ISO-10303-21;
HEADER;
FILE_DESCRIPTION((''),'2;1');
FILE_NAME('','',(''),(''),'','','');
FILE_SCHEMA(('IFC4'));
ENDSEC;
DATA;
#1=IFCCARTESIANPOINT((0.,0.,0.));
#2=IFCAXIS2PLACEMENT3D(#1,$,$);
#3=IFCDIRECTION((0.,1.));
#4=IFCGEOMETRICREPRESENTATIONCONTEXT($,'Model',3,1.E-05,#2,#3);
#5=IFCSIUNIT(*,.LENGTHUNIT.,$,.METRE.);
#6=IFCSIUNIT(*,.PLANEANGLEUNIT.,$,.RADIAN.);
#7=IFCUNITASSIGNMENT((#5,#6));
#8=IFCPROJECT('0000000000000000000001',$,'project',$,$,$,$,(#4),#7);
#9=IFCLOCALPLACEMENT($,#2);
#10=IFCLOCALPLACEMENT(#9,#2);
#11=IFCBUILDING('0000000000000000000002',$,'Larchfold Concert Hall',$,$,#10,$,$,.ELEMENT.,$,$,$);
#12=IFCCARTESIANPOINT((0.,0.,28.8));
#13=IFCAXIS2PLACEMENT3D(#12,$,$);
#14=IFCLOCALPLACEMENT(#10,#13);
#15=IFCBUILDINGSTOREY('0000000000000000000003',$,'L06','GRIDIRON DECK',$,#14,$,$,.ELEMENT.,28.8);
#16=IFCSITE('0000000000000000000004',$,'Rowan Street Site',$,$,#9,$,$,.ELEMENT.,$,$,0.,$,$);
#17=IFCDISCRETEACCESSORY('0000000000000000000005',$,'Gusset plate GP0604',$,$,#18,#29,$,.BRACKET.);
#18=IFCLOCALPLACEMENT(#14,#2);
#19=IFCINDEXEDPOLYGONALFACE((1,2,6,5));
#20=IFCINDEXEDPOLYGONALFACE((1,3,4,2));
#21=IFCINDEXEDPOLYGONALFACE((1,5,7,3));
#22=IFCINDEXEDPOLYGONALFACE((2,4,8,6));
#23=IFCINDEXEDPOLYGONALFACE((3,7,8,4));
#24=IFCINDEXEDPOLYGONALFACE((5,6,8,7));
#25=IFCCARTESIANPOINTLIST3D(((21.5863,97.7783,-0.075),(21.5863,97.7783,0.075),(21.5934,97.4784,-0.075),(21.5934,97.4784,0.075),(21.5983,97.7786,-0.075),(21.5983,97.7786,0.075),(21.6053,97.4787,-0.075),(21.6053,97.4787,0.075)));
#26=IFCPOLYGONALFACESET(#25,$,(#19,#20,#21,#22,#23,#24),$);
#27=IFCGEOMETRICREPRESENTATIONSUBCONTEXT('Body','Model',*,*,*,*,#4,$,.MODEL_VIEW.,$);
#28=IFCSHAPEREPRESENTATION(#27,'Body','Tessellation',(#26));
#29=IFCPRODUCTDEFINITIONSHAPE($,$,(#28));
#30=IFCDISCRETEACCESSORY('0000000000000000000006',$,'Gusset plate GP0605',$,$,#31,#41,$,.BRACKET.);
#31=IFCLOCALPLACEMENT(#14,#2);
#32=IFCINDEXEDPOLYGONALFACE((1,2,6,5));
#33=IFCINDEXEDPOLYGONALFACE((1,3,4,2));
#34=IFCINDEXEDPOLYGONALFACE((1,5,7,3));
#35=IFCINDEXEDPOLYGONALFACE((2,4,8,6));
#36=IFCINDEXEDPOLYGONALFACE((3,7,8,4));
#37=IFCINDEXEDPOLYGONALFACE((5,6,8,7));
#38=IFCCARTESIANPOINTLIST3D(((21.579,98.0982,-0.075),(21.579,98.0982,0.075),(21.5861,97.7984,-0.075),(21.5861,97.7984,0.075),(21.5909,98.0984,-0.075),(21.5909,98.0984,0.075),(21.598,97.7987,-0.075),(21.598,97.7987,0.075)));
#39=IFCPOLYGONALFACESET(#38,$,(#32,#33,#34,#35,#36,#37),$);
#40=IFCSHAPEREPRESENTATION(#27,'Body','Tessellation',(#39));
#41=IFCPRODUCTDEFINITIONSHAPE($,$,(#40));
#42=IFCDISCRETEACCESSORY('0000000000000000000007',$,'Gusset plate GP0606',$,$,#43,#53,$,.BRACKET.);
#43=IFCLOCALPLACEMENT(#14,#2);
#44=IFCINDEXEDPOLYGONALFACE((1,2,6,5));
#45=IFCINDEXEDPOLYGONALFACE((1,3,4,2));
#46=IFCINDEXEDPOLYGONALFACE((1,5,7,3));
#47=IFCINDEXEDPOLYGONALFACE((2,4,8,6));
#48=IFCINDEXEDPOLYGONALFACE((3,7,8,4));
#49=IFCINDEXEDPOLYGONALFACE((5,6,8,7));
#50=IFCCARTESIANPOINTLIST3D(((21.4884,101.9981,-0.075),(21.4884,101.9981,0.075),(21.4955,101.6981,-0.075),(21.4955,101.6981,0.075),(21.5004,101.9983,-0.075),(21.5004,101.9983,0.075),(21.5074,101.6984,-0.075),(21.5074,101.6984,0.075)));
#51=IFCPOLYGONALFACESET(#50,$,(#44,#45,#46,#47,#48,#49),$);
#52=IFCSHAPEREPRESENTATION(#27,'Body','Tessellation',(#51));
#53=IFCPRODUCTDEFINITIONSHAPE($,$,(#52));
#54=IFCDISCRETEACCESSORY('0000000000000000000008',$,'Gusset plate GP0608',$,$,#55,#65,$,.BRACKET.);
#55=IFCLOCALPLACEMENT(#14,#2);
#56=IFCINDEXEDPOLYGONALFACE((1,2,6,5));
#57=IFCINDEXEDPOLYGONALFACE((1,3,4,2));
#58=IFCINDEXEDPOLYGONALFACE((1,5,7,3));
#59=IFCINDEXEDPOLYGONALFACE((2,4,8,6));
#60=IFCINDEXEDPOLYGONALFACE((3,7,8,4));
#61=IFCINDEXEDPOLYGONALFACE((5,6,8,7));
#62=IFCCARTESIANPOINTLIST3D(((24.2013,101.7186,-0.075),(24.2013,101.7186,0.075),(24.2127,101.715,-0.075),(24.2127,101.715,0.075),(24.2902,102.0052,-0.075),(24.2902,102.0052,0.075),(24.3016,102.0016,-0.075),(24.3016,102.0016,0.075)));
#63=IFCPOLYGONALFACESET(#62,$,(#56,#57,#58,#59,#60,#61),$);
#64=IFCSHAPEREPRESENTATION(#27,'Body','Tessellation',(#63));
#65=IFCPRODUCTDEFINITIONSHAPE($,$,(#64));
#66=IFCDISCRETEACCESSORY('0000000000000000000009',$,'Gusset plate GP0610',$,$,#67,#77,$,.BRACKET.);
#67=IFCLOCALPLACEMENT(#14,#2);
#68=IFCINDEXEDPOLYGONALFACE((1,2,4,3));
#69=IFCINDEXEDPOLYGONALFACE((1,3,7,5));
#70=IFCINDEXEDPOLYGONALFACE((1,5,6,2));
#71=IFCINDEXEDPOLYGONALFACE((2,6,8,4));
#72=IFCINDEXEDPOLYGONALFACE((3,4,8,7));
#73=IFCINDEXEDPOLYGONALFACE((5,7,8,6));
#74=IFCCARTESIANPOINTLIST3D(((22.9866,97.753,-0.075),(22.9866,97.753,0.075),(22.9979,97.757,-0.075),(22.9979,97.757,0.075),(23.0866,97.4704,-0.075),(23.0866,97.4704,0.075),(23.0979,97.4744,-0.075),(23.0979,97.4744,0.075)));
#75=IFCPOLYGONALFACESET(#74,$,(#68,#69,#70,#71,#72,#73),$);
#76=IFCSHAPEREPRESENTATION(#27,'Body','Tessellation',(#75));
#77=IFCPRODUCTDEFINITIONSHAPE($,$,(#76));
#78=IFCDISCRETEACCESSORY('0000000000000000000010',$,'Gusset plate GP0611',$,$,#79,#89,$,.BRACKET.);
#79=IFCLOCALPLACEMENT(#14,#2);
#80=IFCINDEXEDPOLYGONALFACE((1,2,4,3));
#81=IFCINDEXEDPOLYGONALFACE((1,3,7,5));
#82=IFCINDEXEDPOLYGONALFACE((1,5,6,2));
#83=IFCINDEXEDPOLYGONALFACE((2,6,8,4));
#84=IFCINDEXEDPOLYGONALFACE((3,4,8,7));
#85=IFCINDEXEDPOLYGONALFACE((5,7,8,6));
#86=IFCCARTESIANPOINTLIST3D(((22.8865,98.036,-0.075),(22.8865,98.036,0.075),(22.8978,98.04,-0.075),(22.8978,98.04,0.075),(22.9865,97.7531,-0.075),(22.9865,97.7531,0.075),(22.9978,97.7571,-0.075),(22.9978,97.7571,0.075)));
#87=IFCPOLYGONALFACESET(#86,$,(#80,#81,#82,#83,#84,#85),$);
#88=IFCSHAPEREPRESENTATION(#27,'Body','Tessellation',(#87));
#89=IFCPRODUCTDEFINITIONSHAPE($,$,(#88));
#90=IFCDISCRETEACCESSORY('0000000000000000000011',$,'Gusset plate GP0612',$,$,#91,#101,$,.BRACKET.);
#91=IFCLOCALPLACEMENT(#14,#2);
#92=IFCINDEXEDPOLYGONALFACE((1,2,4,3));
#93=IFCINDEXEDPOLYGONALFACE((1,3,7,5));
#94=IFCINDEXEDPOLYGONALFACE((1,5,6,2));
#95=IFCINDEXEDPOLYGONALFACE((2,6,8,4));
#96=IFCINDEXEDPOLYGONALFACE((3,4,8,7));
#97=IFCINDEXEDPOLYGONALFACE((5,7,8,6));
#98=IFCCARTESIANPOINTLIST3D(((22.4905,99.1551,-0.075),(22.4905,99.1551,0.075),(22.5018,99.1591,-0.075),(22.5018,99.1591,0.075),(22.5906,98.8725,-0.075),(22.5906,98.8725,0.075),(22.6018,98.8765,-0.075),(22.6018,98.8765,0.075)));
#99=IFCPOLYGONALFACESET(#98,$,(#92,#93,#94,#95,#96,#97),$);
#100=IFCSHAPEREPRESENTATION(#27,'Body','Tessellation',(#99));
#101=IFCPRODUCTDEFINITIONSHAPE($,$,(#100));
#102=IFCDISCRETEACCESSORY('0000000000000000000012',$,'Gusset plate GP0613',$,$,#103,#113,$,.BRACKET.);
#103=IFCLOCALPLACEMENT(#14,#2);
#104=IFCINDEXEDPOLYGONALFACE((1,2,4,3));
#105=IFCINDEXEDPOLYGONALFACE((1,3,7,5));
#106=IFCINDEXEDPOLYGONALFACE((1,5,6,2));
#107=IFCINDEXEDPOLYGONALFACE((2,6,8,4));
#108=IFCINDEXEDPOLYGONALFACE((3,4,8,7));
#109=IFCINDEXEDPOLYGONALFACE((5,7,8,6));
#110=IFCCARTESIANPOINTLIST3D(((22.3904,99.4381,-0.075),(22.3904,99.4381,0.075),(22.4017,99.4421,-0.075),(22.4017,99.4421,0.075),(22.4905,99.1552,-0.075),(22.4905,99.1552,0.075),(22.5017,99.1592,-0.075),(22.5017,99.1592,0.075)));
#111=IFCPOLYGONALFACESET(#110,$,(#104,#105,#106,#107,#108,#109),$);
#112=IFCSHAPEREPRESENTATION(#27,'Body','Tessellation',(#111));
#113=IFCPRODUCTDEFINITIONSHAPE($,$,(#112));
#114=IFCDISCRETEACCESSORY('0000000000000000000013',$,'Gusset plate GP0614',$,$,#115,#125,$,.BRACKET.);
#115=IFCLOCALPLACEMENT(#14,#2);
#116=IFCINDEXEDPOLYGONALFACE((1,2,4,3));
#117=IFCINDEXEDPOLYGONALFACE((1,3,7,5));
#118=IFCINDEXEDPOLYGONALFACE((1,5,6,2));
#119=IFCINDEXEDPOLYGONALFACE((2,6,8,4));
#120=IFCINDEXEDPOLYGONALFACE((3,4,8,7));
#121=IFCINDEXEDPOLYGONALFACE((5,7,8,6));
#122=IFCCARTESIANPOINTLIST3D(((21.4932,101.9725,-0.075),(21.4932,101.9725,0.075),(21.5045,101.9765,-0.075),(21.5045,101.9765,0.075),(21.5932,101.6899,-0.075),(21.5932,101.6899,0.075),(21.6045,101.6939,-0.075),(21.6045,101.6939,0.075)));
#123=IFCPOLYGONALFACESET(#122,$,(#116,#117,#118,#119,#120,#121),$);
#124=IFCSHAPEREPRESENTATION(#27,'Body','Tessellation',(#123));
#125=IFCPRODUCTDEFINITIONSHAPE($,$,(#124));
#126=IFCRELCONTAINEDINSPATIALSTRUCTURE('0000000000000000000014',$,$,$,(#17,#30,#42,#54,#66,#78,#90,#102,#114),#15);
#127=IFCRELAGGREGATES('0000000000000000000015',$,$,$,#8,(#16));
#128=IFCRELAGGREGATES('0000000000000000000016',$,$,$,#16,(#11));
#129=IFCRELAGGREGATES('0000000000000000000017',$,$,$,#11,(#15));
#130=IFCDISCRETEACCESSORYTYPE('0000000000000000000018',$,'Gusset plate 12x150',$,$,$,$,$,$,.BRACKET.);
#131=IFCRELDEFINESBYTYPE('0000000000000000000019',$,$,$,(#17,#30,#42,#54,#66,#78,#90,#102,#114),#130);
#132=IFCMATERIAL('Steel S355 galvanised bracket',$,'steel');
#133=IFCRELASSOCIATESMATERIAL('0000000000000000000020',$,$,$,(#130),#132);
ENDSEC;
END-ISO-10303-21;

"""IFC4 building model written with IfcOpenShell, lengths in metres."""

from ifc_helpers import new_model, si_unit, direction, frame, origin, origin_2d, place, context, subcontext, project, spatial, rectangle, extrude, material, material_profile, profile_set, type_object, element, save


model = new_model("IFC4")

# Units and contexts
model_context = context("Model", 3, precision=1e-05, world=origin(), true_north=direction((0.0, 1.0)))
body_context = subcontext(model_context, "Body", "Model", "MODEL_VIEW")
ifc_project = project(units=[si_unit("LENGTHUNIT", "METRE"), si_unit("PLANEANGLEUNIT", "RADIAN")], contexts=[model_context])

# Site, building, storey
site_placement = place(None, origin())
site = spatial("IfcSite", under=ifc_project, at=site_placement, Name="Rowan Street Site", CompositionType="ELEMENT", RefElevation=0.0)
building_placement = place(site_placement, origin())
building = spatial("IfcBuilding", under=site, at=building_placement, Name="Larchfold Concert Hall", CompositionType="ELEMENT")
storey_placement = place(building_placement, frame((0.0, 0.0, 28.8)))
storey = spatial("IfcBuildingStorey", under=building, at=storey_placement, Name="L06", Description="GRIDIRON DECK", CompositionType="ELEMENT", Elevation=28.8)

# Discrete accessories
ifc_material_1 = material(Name="Steel S355 galvanised bracket", Category="steel")
ifc_material_profile_1 = material_profile(ifc_material_1, rectangle(XDim=0.012, YDim=0.1499, at=origin_2d()))
ifc_profile_set_1 = profile_set([ifc_material_profile_1], Name="Steel S355 galvanised bracket")
discrete_accessory_type = type_object("IfcDiscreteAccessoryType", Name="Gusset plate 12x150", PredefinedType="BRACKET", material=ifc_profile_set_1)
for number, where, z_axis, x_axis, name in (
    (1, (21.5994, 97.4785, 0.0), (-0.02359, 0.999722, 0.0), (-0.999722, -0.02359, 0.0), "Gusset plate GP0604"),
):
    element("IfcDiscreteAccessory", number, at=place(storey_placement, frame(where, z_axis=z_axis, x_axis=x_axis)), inside=storey, type_object=discrete_accessory_type, Name=name, PredefinedType="BRACKET", context=body_context, shape_type="SweptSolid", body=[
        extrude(rectangle(XDim=0.012, YDim=0.1499, at=origin_2d()), origin(), (0.0, 0.0, 1.0), 0.3),
    ])
discrete_accessory_1_placement = place(storey_placement, frame((21.592, 97.7986, 0.0), z_axis=(-0.023609, 0.999721, 0.0), x_axis=(-0.999721, -0.023609, 0.0)))
element("IfcDiscreteAccessory", 2, at=discrete_accessory_1_placement, inside=storey, type_object=discrete_accessory_type, Name="Gusset plate GP0605", PredefinedType="BRACKET", context=body_context, shape_type="SweptSolid", body=[
    extrude(rectangle(XDim=0.012, YDim=0.1499, at=origin_2d()), origin(), (0.0, 0.0, 1.0), 0.2998),
])
for number, where, z_axis, x_axis, name in (
    (3, (21.5015, 101.6982, 0.0), (-0.02359, 0.999722, 0.0), (-0.999722, -0.02359, 0.0), "Gusset plate GP0606"),
    (4, (24.207, 101.7168, 0.0), (0.296143, 0.955144, 0.0), (-0.955144, 0.296143, 0.0), "Gusset plate GP0608"),
):
    element("IfcDiscreteAccessory", number, at=place(storey_placement, frame(where, z_axis=z_axis, x_axis=x_axis)), inside=storey, type_object=discrete_accessory_type, Name=name, PredefinedType="BRACKET", context=body_context, shape_type="SweptSolid", body=[
        extrude(rectangle(XDim=0.012, YDim=0.1499, at=origin_2d()), origin(), (0.0, 0.0, 1.0), 0.3),
    ])
discrete_accessory_2_placement = place(storey_placement, frame((23.0923, 97.4724, 0.0), z_axis=(-0.333757, 0.942659, 0.0), x_axis=(-0.942659, -0.333757, 0.0)))
element("IfcDiscreteAccessory", 5, at=discrete_accessory_2_placement, inside=storey, type_object=discrete_accessory_type, Name="Gusset plate GP0610", PredefinedType="BRACKET", context=body_context, shape_type="SweptSolid", body=[
    extrude(rectangle(XDim=0.012, YDim=0.1499, at=origin_2d()), origin(), (0.0, 0.0, 1.0), 0.2998),
])
discrete_accessory_3_placement = place(storey_placement, frame((22.9922, 97.7551, 0.0), z_axis=(-0.333501, 0.94275, 0.0), x_axis=(-0.94275, -0.333501, 0.0)))
element("IfcDiscreteAccessory", 6, at=discrete_accessory_3_placement, inside=storey, type_object=discrete_accessory_type, Name="Gusset plate GP0611", PredefinedType="BRACKET", context=body_context, shape_type="SweptSolid", body=[
    extrude(rectangle(XDim=0.012, YDim=0.1499, at=origin_2d()), origin(), (0.0, 0.0, 1.0), 0.3),
])
discrete_accessory_4_placement = place(storey_placement, frame((22.5962, 98.8745, 0.0), z_axis=(-0.333757, 0.942659, 0.0), x_axis=(-0.942659, -0.333757, 0.0)))
element("IfcDiscreteAccessory", 7, at=discrete_accessory_4_placement, inside=storey, type_object=discrete_accessory_type, Name="Gusset plate GP0612", PredefinedType="BRACKET", context=body_context, shape_type="SweptSolid", body=[
    extrude(rectangle(XDim=0.012, YDim=0.1499, at=origin_2d()), origin(), (0.0, 0.0, 1.0), 0.2998),
])
discrete_accessory_5_placement = place(storey_placement, frame((22.4961, 99.1572, 0.0), z_axis=(-0.333501, 0.94275, 0.0), x_axis=(-0.94275, -0.333501, 0.0)))
element("IfcDiscreteAccessory", 8, at=discrete_accessory_5_placement, inside=storey, type_object=discrete_accessory_type, Name="Gusset plate GP0613", PredefinedType="BRACKET", context=body_context, shape_type="SweptSolid", body=[
    extrude(rectangle(XDim=0.012, YDim=0.1499, at=origin_2d()), origin(), (0.0, 0.0, 1.0), 0.3),
])
discrete_accessory_6_placement = place(storey_placement, frame((21.5989, 101.6919, 0.0), z_axis=(-0.333757, 0.942659, 0.0), x_axis=(-0.942659, -0.333757, 0.0)))
element("IfcDiscreteAccessory", 9, at=discrete_accessory_6_placement, inside=storey, type_object=discrete_accessory_type, Name="Gusset plate GP0614", PredefinedType="BRACKET", context=body_context, shape_type="SweptSolid", body=[
    extrude(rectangle(XDim=0.012, YDim=0.1499, at=origin_2d()), origin(), (0.0, 0.0, 1.0), 0.2998),
])

save(model, "model.ifc")
